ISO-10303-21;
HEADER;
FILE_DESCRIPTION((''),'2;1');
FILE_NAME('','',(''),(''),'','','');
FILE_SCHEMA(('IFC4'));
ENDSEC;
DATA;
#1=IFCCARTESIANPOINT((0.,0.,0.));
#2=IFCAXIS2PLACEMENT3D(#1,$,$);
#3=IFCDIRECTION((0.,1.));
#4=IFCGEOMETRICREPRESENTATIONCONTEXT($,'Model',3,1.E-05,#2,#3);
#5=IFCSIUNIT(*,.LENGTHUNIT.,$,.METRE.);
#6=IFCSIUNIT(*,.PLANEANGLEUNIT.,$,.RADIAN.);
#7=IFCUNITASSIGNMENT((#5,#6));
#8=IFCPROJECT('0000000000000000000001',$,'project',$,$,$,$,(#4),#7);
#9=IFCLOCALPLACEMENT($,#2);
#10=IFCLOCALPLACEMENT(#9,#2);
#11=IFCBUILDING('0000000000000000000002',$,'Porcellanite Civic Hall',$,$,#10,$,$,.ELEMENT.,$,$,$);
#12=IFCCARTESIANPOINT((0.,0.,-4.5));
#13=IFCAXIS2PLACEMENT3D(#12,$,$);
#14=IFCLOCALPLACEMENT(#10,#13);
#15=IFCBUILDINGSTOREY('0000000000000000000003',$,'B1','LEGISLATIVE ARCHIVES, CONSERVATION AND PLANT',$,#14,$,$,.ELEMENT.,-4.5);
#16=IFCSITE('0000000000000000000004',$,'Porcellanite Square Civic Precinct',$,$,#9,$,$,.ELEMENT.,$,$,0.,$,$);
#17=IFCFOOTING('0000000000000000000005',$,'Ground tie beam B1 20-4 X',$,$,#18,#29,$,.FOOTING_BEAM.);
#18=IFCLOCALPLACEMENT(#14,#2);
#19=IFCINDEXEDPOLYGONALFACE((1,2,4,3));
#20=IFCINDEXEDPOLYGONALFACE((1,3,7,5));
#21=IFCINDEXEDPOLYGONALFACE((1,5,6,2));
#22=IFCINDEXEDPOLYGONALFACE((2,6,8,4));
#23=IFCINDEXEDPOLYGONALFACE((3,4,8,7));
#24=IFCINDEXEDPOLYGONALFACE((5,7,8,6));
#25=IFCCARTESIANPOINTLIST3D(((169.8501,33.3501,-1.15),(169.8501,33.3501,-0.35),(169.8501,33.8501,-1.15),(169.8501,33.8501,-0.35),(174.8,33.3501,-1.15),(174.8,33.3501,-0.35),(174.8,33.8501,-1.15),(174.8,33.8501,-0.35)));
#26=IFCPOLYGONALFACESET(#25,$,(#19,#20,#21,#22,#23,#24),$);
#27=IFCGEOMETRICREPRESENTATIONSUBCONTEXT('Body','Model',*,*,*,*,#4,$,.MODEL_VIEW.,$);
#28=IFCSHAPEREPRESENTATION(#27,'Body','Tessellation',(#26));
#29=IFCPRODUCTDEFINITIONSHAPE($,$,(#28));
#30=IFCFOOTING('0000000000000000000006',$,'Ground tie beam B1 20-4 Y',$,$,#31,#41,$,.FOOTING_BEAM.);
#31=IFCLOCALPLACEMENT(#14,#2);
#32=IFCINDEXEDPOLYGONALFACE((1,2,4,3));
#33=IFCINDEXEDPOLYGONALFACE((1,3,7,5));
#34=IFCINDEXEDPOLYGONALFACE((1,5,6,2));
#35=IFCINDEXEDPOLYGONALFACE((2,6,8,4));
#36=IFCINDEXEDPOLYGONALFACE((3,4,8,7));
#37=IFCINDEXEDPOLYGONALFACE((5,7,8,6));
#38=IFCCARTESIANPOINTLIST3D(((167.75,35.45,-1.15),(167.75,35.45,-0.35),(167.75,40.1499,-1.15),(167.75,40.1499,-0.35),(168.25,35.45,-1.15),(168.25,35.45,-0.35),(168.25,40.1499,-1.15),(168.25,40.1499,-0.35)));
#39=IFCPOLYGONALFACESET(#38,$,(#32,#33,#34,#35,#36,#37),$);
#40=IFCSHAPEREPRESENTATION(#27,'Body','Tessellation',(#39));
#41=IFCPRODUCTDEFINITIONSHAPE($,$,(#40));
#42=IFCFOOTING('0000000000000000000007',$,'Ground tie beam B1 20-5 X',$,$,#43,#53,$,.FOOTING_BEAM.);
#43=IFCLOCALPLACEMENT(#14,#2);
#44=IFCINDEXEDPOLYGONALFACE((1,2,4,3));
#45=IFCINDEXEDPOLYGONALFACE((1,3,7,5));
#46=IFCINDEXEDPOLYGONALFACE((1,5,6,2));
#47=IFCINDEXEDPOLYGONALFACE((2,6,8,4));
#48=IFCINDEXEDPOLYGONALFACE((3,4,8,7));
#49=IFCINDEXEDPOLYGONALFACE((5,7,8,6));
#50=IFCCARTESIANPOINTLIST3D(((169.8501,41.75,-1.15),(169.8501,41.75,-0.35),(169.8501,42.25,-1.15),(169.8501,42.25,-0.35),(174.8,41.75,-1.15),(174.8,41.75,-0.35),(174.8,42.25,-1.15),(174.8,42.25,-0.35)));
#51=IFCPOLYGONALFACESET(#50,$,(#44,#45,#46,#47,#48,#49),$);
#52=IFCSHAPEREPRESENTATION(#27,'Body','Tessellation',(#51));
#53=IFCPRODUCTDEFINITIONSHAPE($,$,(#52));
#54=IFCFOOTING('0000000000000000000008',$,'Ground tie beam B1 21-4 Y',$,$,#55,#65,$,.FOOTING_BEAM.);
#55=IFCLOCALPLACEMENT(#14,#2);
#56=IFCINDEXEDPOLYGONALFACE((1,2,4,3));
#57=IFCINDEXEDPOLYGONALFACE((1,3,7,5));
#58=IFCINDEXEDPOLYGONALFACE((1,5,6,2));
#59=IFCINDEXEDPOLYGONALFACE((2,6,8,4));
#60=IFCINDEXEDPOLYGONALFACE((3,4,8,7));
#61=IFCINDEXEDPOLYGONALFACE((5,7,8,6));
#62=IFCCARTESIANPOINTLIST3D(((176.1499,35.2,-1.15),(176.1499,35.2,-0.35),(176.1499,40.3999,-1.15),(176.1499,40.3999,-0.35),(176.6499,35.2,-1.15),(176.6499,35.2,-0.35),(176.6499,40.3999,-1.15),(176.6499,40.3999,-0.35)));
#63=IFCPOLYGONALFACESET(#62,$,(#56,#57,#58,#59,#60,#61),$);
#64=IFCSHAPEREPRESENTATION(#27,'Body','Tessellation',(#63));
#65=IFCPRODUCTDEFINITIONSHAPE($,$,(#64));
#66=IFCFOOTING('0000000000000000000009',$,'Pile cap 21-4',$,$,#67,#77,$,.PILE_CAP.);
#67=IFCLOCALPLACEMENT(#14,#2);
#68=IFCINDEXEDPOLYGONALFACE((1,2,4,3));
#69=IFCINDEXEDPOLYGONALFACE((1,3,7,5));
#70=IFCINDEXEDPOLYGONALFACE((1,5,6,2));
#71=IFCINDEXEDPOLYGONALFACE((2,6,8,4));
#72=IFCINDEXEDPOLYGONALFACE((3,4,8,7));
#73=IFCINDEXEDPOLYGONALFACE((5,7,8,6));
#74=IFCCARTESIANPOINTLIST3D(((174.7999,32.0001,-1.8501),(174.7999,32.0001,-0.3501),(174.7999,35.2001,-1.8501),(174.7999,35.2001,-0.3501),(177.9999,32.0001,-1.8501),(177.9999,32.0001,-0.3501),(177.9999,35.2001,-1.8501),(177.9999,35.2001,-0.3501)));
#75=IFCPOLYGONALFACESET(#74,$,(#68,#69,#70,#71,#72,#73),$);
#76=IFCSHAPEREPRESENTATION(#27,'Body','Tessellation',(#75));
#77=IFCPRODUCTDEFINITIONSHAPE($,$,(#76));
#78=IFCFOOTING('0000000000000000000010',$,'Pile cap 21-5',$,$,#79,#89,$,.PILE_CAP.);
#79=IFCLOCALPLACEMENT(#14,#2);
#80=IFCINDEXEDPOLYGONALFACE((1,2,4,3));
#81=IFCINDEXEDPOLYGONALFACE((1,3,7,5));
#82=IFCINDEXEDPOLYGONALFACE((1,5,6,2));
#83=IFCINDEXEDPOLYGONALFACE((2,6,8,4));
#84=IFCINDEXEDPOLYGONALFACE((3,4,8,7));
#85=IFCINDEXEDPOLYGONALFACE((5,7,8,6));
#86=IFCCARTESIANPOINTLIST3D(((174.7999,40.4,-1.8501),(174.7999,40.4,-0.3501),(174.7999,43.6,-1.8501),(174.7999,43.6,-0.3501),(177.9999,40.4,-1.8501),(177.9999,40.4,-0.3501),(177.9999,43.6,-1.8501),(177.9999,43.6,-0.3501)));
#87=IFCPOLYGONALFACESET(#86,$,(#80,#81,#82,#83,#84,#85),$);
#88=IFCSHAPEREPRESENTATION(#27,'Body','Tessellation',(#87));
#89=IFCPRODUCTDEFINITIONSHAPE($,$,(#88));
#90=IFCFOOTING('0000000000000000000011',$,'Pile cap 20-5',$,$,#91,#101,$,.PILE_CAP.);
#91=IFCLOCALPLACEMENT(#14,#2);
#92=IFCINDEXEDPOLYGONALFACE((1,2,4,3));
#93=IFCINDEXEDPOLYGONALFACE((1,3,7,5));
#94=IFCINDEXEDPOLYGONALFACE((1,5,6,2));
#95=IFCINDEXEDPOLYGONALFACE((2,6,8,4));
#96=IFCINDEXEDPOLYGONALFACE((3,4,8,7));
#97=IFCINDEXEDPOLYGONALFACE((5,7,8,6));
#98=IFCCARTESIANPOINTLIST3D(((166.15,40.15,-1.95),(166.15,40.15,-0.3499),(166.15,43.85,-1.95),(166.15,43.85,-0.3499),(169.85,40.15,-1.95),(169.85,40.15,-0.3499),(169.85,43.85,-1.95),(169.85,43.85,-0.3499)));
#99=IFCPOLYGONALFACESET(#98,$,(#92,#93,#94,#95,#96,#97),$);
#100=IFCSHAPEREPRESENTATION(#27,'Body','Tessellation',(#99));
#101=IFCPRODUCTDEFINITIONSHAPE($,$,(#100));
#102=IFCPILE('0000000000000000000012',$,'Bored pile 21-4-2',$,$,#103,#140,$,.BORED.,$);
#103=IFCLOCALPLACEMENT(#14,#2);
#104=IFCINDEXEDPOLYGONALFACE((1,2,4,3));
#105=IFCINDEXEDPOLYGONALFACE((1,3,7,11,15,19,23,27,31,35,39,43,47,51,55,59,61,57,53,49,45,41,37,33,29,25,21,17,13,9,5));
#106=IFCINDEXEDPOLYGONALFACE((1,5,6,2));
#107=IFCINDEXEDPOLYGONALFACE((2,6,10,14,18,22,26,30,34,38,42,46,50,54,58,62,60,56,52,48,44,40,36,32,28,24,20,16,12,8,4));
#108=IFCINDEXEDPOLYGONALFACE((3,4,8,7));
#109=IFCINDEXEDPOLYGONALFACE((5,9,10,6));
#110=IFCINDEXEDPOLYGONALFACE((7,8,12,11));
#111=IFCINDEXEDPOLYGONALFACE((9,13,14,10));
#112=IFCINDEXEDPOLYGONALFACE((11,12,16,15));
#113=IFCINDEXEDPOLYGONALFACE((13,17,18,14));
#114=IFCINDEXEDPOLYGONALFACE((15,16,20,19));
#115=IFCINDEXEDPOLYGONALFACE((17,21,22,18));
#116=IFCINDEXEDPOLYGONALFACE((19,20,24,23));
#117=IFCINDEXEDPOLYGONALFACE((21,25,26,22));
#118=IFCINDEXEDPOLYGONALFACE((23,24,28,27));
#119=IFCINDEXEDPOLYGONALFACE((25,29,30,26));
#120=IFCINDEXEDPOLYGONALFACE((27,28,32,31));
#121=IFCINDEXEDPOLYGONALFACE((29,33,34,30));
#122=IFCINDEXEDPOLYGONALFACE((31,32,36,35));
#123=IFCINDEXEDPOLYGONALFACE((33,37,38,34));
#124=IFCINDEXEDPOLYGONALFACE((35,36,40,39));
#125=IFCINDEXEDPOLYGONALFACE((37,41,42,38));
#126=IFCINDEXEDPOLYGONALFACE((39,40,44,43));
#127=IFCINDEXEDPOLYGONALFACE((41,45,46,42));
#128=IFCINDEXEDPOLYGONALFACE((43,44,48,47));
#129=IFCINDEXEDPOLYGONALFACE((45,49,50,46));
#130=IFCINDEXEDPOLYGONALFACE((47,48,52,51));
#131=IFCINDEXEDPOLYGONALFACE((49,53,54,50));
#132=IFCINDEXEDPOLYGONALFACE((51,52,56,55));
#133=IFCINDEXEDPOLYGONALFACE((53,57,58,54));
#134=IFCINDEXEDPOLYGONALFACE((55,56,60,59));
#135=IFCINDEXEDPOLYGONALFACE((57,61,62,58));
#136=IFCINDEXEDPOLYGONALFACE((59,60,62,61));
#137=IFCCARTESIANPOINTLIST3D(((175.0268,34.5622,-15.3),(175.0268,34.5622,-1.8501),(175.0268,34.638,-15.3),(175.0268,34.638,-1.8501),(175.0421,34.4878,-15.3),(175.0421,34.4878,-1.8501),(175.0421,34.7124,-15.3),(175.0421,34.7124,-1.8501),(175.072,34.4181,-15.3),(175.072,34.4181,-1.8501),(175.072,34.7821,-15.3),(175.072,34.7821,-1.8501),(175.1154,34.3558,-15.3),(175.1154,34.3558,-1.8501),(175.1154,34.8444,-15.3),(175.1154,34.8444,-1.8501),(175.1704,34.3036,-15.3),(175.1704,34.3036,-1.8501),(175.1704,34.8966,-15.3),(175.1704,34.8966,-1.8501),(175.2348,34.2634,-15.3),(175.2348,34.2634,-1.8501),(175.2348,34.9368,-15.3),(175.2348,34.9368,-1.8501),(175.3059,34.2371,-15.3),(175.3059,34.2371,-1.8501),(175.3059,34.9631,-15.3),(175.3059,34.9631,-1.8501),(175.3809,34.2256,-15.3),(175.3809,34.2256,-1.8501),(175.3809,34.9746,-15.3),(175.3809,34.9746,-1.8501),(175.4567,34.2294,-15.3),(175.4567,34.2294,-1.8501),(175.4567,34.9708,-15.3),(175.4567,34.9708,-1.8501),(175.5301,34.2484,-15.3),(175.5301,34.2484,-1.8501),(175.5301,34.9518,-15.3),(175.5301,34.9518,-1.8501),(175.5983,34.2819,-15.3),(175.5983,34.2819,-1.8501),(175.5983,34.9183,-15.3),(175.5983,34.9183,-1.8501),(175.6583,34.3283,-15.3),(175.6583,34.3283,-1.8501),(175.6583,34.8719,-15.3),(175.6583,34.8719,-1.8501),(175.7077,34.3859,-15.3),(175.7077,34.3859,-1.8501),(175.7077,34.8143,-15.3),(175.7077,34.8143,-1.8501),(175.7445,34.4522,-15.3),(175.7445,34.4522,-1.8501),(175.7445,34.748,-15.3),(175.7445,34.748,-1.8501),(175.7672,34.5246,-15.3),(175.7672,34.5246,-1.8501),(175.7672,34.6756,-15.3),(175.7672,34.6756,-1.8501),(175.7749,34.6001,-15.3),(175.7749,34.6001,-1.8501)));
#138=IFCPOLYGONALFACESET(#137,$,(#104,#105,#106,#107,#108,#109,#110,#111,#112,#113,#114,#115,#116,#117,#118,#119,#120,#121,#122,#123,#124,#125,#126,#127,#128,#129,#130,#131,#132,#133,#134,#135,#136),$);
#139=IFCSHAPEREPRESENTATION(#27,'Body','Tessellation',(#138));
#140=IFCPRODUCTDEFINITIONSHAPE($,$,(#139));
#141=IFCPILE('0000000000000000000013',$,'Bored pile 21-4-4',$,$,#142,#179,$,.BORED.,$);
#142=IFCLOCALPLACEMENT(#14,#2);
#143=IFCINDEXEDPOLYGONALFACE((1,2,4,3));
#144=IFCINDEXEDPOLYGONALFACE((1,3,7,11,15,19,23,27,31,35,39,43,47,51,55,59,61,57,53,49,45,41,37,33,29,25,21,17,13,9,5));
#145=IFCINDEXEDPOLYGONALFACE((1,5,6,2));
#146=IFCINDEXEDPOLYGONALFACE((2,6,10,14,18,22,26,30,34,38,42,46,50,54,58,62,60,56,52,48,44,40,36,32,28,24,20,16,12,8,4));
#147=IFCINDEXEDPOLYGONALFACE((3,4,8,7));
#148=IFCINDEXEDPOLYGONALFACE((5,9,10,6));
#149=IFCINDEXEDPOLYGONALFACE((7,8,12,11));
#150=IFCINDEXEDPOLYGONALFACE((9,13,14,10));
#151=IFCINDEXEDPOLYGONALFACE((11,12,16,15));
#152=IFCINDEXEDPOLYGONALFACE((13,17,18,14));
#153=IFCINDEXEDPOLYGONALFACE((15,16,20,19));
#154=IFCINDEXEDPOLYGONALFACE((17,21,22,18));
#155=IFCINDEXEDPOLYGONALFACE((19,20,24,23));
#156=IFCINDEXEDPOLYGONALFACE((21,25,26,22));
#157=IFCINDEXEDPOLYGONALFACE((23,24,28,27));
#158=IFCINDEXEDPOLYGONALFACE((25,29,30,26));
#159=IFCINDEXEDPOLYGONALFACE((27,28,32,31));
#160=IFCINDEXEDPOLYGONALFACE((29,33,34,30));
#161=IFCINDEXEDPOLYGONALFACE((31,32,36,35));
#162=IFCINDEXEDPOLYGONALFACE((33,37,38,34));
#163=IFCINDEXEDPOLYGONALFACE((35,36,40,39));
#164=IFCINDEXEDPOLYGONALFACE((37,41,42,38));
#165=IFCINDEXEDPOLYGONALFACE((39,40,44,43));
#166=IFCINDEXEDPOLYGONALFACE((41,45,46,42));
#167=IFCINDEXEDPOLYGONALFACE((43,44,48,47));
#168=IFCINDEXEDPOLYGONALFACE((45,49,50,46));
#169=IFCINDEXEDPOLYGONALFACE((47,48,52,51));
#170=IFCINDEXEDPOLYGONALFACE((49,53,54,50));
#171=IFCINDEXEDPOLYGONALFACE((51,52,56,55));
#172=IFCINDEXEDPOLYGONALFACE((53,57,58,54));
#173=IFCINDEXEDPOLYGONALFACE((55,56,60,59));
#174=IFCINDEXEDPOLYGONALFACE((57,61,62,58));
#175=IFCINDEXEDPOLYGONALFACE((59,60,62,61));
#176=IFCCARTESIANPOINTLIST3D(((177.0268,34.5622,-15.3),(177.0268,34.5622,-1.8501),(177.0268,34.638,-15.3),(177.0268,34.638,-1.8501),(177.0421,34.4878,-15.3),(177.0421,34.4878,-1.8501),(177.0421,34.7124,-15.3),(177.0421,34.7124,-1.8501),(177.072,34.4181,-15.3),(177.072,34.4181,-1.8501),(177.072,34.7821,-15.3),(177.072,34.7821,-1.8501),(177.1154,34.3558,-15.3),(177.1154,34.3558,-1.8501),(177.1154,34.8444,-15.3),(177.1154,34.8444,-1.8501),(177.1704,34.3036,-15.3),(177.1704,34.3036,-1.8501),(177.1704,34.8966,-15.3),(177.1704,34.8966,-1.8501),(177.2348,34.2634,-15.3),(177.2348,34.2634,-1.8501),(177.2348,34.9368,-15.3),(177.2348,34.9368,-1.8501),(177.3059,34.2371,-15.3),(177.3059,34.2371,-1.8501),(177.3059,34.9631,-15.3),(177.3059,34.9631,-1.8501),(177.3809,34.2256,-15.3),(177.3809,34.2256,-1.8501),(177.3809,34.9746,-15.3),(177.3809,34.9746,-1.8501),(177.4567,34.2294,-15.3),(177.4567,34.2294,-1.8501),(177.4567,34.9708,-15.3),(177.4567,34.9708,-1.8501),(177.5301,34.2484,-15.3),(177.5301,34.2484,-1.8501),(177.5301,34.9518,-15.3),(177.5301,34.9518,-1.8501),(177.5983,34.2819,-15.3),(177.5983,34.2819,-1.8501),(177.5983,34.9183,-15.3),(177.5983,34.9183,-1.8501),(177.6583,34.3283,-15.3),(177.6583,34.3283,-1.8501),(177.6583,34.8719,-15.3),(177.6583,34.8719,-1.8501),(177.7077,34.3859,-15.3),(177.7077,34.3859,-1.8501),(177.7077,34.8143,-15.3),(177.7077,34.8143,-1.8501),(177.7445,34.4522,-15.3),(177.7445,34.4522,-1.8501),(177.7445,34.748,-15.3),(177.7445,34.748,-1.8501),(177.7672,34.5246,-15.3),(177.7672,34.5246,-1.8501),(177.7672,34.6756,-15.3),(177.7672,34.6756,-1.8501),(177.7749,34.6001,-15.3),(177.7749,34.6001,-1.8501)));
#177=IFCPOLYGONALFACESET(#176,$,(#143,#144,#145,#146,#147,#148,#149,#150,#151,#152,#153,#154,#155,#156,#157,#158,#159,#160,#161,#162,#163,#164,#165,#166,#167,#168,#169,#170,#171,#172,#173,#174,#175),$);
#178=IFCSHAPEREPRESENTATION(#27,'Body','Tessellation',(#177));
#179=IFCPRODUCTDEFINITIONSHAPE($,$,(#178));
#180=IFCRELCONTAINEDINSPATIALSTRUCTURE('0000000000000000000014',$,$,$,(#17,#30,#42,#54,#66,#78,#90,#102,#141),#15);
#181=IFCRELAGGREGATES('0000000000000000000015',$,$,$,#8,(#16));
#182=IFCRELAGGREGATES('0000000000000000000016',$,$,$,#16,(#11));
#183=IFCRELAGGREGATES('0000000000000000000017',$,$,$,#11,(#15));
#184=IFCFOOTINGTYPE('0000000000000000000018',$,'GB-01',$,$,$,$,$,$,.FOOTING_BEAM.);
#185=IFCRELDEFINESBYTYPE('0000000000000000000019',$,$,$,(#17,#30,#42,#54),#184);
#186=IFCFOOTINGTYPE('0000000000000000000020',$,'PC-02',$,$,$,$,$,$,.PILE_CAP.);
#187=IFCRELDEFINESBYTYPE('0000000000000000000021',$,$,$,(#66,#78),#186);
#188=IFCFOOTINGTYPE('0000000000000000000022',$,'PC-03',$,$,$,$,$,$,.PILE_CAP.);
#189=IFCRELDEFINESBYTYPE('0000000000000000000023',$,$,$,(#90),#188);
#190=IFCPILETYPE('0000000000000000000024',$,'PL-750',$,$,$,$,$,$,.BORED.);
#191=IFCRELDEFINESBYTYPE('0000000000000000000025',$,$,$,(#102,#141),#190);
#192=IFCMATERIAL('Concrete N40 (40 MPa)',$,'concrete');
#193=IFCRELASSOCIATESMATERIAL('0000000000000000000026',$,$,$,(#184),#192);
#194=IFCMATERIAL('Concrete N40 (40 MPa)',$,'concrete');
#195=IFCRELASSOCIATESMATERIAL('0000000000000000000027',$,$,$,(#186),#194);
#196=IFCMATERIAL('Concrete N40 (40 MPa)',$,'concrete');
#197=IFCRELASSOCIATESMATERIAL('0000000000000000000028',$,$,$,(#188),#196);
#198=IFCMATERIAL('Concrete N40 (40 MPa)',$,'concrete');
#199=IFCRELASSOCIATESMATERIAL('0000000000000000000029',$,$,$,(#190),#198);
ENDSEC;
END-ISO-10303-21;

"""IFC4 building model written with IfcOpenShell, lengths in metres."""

from ifc_helpers import new_model, si_unit, direction, frame, origin, origin_2d, place, context, subcontext, project, spatial, rectangle, circle, extrude, material, material_profile, profile_set, type_object, element, save


model = new_model("IFC4")

# Units and contexts
model_context = context("Model", 3, precision=1e-05, world=origin(), true_north=direction((0.0, 1.0)))
body_context = subcontext(model_context, "Body", "Model", "MODEL_VIEW")
ifc_project = project(units=[si_unit("LENGTHUNIT", "METRE"), si_unit("PLANEANGLEUNIT", "RADIAN")], contexts=[model_context])

# Site, building, storey
site_placement = place(None, origin())
site = spatial("IfcSite", under=ifc_project, at=site_placement, Name="Porcellanite Square Civic Precinct", CompositionType="ELEMENT", RefElevation=0.0)
building_placement = place(site_placement, origin())
building = spatial("IfcBuilding", under=site, at=building_placement, Name="Porcellanite Civic Hall", CompositionType="ELEMENT")
storey_placement = place(building_placement, frame((0.0, 0.0, -4.5)))
storey = spatial("IfcBuildingStorey", under=building, at=storey_placement, Name="B1", Description="LEGISLATIVE ARCHIVES, CONSERVATION AND PLANT", CompositionType="ELEMENT", Elevation=-4.5)

# Footings
ifc_material_1 = material(Name="Concrete N40 (40 MPa)", Category="concrete")
ifc_material_profile_1 = material_profile(ifc_material_1, rectangle(XDim=0.5, YDim=0.8, at=origin_2d()), Name="RC-500x800")
ifc_profile_set_1 = profile_set([ifc_material_profile_1], Name="Concrete N40 (40 MPa)")
footing_type_1 = type_object("IfcFootingType", Name="GB-01", PredefinedType="FOOTING_BEAM", material=ifc_profile_set_1)
footing_1_placement = place(storey_placement, frame((169.8501, 33.6001, -0.75), z_axis=(1.0, 0.0, 0.0), x_axis=(0.0, 1.0, 0.0)))
element("IfcFooting", 1, at=footing_1_placement, inside=storey, type_object=footing_type_1, Name="Ground tie beam B1 20-4 X", PredefinedType="FOOTING_BEAM", context=body_context, shape_type="SweptSolid", body=[
    extrude(rectangle(XDim=0.5, YDim=0.8, at=origin_2d()), origin(), (0.0, 0.0, 1.0), 4.95),
])
footing_2_placement = place(storey_placement, frame((168.0, 35.45, -0.75), z_axis=(0.0, 1.0, 0.0), x_axis=(-1.0, 0.0, 0.0)))
element("IfcFooting", 2, at=footing_2_placement, inside=storey, type_object=footing_type_1, Name="Ground tie beam B1 20-4 Y", PredefinedType="FOOTING_BEAM", context=body_context, shape_type="SweptSolid", body=[
    extrude(rectangle(XDim=0.5, YDim=0.8, at=origin_2d()), origin(), (0.0, 0.0, 1.0), 4.7),
])
footing_3_placement = place(storey_placement, frame((169.8501, 42.0, -0.75), z_axis=(1.0, 0.0, 0.0), x_axis=(0.0, 1.0, 0.0)))
element("IfcFooting", 3, at=footing_3_placement, inside=storey, type_object=footing_type_1, Name="Ground tie beam B1 20-5 X", PredefinedType="FOOTING_BEAM", context=body_context, shape_type="SweptSolid", body=[
    extrude(rectangle(XDim=0.5, YDim=0.8, at=origin_2d()), origin(), (0.0, 0.0, 1.0), 4.95),
])
footing_4_placement = place(storey_placement, frame((176.3999, 35.2, -0.75), z_axis=(0.0, 1.0, 0.0), x_axis=(-1.0, 0.0, 0.0)))
element("IfcFooting", 4, at=footing_4_placement, inside=storey, type_object=footing_type_1, Name="Ground tie beam B1 21-4 Y", PredefinedType="FOOTING_BEAM", context=body_context, shape_type="SweptSolid", body=[
    extrude(rectangle(XDim=0.5, YDim=0.8, at=origin_2d()), origin(), (0.0, 0.0, 1.0), 5.2),
])
ifc_material_2 = material(Name="Concrete N40 (40 MPa)", Category="concrete")
footing_type_2 = type_object("IfcFootingType", Name="PC-02", PredefinedType="PILE_CAP", material=ifc_material_2)
for number, where, z_axis, x_axis, name in (
    (5, (176.3999, 33.6001, -1.8501), (0.0, 0.0, 1.0), (1.0, 0.0, 0.0), "Pile cap 21-4"),
    (6, (176.3999, 42.0, -1.8501), (0.0, 0.0, 1.0), (1.0, 0.0, 0.0), "Pile cap 21-5"),
):
    element("IfcFooting", number, at=place(storey_placement, frame(where, z_axis=z_axis, x_axis=x_axis)), inside=storey, type_object=footing_type_2, Name=name, PredefinedType="PILE_CAP", context=body_context, shape_type="SweptSolid", body=[
        extrude(rectangle(XDim=3.2, YDim=3.2, at=origin_2d()), origin(), (0.0, 0.0, 1.0), 1.5),
    ])
ifc_material_3 = material(Name="Concrete N40 (40 MPa)", Category="concrete")
footing_type_3 = type_object("IfcFootingType", Name="PC-03", PredefinedType="PILE_CAP", material=ifc_material_3)
footing_5_placement = place(storey_placement, frame((168.0, 42.0, -1.95), z_axis=(0.0, 0.0, 1.0), x_axis=(1.0, 0.0, 0.0)))
element("IfcFooting", 7, at=footing_5_placement, inside=storey, type_object=footing_type_3, Name="Pile cap 20-5", PredefinedType="PILE_CAP", context=body_context, shape_type="SweptSolid", body=[
    extrude(rectangle(XDim=3.7, YDim=3.7, at=origin_2d()), origin(), (0.0, 0.0, 1.0), 1.6001),
])

# Piles
ifc_material_4 = material(Name="Concrete N40 (40 MPa)", Category="concrete")
ifc_material_profile_2 = material_profile(ifc_material_4, circle(Radius=0.375, at=origin_2d()), Name="PILE-D750")
ifc_profile_set_2 = profile_set([ifc_material_profile_2], Name="Concrete N40 (40 MPa)")
pile_type_1 = type_object("IfcPileType", Name="PL-750", PredefinedType="BORED", material=ifc_profile_set_2)
for number, where, z_axis, x_axis, name in (
    (8, (175.3999, 34.6001, -1.8501), (0.0, 0.0, -1.0), (1.0, 0.0, 0.0), "Bored pile 21-4-2"),
    (9, (177.3999, 34.6001, -1.8501), (0.0, 0.0, -1.0), (1.0, 0.0, 0.0), "Bored pile 21-4-4"),
):
    element("IfcPile", number, at=place(storey_placement, frame(where, z_axis=z_axis, x_axis=x_axis)), inside=storey, type_object=pile_type_1, Name=name, PredefinedType="BORED", context=body_context, shape_type="SweptSolid", body=[
        extrude(circle(Radius=0.375, at=origin_2d()), origin(), (0.0, 0.0, 1.0), 13.45),
    ])

save(model, "model.ifc")
